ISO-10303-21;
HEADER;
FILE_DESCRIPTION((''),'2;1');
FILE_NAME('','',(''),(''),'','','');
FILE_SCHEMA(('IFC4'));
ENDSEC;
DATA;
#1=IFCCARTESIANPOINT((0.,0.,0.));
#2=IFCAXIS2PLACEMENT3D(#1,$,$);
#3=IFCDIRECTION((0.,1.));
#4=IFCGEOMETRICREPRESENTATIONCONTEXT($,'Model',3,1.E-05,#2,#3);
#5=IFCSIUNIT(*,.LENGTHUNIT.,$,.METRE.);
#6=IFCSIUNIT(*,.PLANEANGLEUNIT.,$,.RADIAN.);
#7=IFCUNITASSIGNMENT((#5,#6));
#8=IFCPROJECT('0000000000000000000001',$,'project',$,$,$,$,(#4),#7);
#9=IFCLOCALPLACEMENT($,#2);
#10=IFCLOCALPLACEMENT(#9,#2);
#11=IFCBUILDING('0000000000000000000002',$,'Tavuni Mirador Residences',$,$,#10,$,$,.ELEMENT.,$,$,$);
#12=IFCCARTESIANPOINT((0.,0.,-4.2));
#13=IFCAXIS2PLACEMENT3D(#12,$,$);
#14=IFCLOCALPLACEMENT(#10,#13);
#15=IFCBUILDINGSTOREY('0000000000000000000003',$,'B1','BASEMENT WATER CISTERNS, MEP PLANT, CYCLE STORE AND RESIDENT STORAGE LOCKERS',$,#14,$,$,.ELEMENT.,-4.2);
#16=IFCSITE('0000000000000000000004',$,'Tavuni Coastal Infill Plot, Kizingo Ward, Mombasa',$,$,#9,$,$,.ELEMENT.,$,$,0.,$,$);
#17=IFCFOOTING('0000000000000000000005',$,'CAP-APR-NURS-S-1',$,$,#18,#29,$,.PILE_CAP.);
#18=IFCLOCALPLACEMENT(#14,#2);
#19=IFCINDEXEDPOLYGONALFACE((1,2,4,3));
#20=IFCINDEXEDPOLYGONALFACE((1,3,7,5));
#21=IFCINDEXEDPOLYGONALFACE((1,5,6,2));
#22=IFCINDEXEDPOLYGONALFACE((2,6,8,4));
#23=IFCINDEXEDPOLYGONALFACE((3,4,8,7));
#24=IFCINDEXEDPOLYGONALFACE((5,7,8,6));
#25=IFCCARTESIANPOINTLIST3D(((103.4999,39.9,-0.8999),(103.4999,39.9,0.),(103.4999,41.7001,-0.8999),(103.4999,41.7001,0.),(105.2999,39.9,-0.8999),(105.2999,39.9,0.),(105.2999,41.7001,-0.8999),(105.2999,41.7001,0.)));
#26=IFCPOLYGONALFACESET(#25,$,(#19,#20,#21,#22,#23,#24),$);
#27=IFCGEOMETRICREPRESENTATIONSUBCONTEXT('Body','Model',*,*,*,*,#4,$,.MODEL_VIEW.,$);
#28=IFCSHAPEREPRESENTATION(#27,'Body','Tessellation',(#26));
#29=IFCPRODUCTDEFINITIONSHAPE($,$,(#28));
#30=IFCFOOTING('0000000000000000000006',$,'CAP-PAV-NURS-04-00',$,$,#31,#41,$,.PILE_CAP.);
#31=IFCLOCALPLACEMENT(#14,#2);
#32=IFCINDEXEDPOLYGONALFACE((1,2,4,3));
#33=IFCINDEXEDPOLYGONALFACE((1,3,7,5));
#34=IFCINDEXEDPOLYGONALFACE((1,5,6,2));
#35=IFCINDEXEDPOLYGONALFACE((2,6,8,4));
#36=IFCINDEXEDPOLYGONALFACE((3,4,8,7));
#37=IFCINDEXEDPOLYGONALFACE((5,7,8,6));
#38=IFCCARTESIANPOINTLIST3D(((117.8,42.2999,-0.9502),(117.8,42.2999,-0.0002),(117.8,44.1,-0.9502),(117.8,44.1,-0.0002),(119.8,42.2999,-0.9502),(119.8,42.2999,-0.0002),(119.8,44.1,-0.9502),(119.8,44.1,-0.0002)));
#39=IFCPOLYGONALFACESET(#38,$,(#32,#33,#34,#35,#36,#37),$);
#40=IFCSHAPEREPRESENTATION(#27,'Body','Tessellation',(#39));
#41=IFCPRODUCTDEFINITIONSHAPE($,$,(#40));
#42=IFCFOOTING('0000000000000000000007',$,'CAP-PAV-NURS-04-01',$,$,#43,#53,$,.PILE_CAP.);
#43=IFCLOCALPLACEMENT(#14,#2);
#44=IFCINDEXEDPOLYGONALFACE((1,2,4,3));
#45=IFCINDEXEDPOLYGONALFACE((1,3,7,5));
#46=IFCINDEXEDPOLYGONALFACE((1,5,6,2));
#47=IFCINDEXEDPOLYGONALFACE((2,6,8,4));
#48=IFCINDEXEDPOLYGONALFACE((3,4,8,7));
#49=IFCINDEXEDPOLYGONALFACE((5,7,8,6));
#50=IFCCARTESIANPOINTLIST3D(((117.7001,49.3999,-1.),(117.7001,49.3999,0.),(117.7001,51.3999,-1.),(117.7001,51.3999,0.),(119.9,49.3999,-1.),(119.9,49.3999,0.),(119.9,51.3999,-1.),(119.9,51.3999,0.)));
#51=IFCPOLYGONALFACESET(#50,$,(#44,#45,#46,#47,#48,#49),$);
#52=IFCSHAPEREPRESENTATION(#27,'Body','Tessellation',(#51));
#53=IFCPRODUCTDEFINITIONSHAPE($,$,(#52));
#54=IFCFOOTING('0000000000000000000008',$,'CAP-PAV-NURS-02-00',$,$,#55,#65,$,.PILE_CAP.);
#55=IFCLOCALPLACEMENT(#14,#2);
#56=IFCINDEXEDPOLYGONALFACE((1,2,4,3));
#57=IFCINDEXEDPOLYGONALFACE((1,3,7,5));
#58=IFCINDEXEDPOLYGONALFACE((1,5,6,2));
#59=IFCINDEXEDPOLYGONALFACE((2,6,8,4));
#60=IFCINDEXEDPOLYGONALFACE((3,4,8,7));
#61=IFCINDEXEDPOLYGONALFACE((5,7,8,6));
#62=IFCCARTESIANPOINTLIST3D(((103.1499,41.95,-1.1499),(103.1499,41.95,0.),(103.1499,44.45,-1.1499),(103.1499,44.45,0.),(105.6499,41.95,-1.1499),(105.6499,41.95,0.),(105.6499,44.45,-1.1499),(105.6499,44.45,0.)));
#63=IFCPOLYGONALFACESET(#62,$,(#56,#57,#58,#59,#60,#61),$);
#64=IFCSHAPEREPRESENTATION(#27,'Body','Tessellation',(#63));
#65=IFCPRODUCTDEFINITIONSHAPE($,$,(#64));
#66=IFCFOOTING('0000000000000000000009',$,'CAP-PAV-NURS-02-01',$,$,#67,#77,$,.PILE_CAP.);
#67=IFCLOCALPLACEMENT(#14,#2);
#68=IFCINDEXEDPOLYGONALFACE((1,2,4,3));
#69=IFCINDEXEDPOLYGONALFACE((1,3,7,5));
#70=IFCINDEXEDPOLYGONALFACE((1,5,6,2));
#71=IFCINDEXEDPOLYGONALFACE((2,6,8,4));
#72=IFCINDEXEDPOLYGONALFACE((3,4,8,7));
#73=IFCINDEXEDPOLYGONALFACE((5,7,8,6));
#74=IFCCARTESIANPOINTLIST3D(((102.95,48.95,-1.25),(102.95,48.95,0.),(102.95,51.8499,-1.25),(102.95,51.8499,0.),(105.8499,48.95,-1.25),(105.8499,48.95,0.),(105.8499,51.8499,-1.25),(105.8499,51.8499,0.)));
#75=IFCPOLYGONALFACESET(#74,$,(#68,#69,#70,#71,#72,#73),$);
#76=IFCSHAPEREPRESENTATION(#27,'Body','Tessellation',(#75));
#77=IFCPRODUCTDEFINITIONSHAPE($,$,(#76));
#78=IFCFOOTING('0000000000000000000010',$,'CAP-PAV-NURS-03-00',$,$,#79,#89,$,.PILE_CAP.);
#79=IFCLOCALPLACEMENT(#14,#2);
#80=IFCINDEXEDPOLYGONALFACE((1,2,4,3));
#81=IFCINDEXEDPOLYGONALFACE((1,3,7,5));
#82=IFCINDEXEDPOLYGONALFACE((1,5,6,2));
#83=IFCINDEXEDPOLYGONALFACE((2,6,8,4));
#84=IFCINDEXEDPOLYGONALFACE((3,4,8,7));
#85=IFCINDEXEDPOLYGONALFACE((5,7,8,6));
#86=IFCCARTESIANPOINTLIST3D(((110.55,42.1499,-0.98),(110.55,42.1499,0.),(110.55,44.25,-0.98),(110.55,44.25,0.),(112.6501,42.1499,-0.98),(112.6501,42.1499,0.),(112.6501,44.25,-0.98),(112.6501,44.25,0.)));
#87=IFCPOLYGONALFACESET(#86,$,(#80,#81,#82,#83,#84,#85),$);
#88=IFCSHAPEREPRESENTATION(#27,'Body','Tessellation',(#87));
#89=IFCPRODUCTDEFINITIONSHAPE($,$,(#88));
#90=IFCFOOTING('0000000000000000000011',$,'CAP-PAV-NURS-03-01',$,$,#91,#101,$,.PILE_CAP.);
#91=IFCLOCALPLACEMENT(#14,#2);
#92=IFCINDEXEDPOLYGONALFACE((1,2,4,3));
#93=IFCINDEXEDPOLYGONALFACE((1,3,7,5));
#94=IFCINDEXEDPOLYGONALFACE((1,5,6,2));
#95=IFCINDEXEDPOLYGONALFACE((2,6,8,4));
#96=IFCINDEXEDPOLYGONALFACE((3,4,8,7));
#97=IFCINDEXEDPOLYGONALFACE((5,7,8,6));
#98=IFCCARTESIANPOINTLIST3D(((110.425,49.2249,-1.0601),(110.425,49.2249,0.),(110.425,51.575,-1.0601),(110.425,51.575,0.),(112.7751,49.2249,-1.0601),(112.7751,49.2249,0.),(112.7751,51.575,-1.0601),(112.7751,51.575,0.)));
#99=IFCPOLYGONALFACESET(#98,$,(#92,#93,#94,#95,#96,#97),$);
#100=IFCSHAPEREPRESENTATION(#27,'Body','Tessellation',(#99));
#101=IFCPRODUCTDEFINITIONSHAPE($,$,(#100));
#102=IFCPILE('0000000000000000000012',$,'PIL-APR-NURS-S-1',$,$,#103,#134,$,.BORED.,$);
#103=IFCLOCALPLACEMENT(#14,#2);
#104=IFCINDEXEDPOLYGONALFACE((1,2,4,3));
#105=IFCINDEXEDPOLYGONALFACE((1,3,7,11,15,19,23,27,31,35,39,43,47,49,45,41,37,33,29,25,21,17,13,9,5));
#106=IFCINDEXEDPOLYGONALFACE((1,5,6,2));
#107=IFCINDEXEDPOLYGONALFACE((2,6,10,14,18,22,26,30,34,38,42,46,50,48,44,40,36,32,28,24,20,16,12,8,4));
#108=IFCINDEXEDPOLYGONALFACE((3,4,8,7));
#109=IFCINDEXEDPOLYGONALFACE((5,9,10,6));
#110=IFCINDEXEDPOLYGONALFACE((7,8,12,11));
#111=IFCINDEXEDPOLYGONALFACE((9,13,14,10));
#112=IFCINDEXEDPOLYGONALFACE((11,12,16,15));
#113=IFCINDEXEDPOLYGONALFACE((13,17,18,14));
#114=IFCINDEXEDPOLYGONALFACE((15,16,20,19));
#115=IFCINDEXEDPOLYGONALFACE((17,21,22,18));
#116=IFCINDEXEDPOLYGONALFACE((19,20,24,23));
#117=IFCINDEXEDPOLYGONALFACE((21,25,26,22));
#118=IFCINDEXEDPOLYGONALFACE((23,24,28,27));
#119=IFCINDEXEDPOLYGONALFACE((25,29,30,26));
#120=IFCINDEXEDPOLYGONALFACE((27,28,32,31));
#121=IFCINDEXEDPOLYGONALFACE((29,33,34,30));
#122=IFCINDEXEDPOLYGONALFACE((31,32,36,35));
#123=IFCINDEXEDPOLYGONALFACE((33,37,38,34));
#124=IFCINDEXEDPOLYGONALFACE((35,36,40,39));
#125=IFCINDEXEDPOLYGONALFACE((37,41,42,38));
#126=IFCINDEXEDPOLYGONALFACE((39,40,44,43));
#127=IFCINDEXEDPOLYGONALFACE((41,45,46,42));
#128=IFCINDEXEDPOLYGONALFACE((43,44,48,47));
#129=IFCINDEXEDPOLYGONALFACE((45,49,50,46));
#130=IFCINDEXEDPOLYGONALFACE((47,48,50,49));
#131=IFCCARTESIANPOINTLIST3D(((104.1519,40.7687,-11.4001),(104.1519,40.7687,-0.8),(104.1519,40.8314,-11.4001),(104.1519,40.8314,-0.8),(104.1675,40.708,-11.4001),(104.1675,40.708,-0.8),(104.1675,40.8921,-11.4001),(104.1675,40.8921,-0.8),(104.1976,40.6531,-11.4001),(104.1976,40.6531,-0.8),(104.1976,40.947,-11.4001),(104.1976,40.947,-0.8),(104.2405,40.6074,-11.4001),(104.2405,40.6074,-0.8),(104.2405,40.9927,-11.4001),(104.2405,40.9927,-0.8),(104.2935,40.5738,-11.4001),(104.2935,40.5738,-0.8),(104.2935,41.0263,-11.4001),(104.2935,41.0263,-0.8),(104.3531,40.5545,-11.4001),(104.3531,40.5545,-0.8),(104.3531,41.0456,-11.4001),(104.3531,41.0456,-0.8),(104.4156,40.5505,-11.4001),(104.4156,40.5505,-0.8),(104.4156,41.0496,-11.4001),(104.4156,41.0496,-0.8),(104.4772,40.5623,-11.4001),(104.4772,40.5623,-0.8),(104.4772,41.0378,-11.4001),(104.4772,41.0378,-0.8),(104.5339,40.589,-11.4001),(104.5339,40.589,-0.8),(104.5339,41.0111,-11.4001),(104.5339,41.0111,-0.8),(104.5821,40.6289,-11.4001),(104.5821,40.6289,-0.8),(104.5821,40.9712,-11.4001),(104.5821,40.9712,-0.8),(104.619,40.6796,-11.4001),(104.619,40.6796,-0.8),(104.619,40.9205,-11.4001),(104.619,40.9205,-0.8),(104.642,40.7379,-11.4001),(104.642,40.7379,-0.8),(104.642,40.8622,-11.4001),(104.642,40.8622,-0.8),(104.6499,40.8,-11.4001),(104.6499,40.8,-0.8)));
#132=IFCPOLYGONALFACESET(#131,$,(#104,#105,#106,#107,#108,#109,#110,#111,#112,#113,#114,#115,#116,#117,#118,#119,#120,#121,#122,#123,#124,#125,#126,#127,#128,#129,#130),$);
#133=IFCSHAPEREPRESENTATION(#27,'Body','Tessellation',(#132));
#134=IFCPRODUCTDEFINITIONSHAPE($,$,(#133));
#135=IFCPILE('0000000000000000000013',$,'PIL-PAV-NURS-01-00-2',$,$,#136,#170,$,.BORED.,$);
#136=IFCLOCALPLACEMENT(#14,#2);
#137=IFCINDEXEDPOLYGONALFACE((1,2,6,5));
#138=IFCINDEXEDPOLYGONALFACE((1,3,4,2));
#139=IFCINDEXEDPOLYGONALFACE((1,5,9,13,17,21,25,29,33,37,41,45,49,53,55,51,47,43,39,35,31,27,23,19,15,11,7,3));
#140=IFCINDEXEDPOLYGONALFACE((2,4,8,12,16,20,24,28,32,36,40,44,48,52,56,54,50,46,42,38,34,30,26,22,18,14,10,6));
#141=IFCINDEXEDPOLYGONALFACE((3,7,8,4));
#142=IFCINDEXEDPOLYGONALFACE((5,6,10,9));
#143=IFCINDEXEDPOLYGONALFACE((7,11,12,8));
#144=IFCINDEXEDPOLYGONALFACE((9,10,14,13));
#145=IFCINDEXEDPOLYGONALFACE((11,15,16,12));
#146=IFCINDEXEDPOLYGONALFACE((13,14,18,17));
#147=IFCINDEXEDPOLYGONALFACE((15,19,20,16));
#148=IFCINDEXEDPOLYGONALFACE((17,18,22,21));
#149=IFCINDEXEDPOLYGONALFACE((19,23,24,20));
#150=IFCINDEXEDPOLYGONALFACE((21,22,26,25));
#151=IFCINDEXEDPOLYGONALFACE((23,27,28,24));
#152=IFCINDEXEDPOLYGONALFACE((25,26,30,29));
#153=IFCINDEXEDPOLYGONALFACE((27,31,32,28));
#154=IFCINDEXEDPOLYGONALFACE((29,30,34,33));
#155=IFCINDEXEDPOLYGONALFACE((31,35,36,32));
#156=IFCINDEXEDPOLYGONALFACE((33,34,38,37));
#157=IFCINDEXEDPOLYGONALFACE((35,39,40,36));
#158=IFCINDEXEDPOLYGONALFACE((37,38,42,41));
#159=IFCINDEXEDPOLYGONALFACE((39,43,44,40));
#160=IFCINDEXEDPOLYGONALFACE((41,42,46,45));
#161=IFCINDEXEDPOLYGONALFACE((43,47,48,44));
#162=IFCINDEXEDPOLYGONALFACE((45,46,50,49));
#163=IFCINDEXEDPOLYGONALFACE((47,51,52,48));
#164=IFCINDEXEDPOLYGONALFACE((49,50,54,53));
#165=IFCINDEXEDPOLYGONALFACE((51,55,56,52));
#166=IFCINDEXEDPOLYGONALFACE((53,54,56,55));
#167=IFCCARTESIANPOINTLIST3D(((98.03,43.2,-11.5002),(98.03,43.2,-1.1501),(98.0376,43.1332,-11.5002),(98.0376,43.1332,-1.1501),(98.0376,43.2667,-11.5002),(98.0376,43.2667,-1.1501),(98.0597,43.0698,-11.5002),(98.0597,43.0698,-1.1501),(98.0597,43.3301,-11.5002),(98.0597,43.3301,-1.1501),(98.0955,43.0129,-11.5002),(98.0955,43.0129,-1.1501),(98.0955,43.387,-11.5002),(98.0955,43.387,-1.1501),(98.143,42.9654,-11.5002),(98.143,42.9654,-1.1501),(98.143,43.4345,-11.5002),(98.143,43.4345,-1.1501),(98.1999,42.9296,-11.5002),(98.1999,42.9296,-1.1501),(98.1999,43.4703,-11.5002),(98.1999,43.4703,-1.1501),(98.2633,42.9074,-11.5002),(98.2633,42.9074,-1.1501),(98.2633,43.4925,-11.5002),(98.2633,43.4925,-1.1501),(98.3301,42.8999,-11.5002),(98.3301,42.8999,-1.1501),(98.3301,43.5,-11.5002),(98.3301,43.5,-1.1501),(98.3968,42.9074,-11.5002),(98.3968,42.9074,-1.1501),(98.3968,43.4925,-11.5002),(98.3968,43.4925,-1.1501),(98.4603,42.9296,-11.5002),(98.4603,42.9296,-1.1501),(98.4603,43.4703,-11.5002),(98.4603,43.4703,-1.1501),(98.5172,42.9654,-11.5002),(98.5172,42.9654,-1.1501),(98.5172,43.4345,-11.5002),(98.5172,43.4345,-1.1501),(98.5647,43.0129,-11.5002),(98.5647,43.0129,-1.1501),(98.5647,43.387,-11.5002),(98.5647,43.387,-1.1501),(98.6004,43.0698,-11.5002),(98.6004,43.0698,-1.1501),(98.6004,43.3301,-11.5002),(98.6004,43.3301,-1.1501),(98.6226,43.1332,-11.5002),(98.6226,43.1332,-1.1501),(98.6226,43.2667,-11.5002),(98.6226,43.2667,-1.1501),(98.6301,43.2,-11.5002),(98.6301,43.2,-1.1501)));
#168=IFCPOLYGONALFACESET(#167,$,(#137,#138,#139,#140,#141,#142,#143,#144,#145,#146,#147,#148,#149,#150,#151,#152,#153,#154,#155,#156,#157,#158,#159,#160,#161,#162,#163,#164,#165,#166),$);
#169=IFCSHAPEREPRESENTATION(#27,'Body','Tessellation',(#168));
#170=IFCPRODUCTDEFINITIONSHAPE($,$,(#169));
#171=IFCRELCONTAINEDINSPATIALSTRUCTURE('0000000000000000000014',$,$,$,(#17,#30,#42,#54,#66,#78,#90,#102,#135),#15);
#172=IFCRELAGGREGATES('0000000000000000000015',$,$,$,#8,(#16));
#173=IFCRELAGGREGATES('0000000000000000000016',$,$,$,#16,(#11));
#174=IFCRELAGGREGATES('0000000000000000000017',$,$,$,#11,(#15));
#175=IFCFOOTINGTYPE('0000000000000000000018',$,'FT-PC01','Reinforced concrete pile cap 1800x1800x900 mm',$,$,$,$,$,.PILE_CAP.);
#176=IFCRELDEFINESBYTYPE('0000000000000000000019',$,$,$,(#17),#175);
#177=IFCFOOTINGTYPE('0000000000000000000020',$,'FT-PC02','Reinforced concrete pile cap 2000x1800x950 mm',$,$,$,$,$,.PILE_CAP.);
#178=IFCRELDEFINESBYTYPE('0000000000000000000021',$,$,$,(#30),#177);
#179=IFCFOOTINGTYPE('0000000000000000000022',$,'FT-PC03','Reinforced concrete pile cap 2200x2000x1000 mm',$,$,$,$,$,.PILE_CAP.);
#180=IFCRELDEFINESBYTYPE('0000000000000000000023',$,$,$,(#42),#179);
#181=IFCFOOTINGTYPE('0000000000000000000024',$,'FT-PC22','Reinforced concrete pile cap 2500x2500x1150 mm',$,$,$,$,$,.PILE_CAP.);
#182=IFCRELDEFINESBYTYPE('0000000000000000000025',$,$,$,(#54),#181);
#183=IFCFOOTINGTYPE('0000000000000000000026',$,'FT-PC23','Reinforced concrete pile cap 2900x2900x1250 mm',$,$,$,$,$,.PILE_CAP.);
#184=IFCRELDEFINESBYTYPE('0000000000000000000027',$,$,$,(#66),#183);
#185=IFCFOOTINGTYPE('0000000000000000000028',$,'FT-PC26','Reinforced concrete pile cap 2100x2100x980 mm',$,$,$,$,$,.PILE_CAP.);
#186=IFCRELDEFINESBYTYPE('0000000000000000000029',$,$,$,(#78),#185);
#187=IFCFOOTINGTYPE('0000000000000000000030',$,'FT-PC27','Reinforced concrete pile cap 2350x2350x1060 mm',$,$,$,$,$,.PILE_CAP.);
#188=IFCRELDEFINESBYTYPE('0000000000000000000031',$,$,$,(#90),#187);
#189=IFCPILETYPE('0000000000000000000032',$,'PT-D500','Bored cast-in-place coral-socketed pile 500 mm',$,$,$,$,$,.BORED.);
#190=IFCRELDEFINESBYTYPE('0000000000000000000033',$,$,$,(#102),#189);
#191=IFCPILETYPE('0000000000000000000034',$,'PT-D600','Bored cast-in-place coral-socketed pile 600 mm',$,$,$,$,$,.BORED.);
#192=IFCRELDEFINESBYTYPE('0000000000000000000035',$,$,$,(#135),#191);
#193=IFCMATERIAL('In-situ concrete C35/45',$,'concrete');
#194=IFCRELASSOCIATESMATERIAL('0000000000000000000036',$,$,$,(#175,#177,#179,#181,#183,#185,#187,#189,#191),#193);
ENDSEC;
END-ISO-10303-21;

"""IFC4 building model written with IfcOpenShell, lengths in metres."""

from ifc_helpers import new_model, si_unit, direction, frame, origin, origin_2d, place, context, subcontext, project, spatial, rectangle, circle, extrude, material, material_profile, profile_set, type_object, element, save


model = new_model("IFC4")

# Units and contexts
model_context = context("Model", 3, precision=1e-05, world=origin(), true_north=direction((0.0, 1.0)))
body_context = subcontext(model_context, "Body", "Model", "MODEL_VIEW")
ifc_project = project(units=[si_unit("LENGTHUNIT", "METRE"), si_unit("PLANEANGLEUNIT", "RADIAN")], contexts=[model_context])

# Site, building, storey
site_placement = place(None, origin())
site = spatial("IfcSite", under=ifc_project, at=site_placement, Name="Tavuni Coastal Infill Plot, Kizingo Ward, Mombasa", CompositionType="ELEMENT", RefElevation=0.0)
building_placement = place(site_placement, origin())
building = spatial("IfcBuilding", under=site, at=building_placement, Name="Tavuni Mirador Residences", CompositionType="ELEMENT")
storey_placement = place(building_placement, frame((0.0, 0.0, -4.2)))
storey = spatial("IfcBuildingStorey", under=building, at=storey_placement, Name="B1", Description="BASEMENT WATER CISTERNS, MEP PLANT, CYCLE STORE AND RESIDENT STORAGE LOCKERS", CompositionType="ELEMENT", Elevation=-4.2)

# Footings
ifc_material_1 = material(Name="In-situ concrete C35/45", Category="concrete")
footing_type_1 = type_object("IfcFootingType", Name="FT-PC01", Description="Reinforced concrete pile cap 1800x1800x900 mm", PredefinedType="PILE_CAP", material=ifc_material_1)
footing_1_placement = place(storey_placement, frame((104.3999, 40.8, -0.8999), z_axis=(0.0, 0.0, 1.0), x_axis=(1.0, 0.0, 0.0)))
element("IfcFooting", 1, at=footing_1_placement, inside=storey, type_object=footing_type_1, Name="CAP-APR-NURS-S-1", PredefinedType="PILE_CAP", context=body_context, shape_type="SweptSolid", body=[
    extrude(rectangle(XDim=1.8, YDim=1.8, at=origin_2d()), origin(), (0.0, 0.0, 1.0), 0.8999),
])
footing_type_2 = type_object("IfcFootingType", Name="FT-PC02", Description="Reinforced concrete pile cap 2000x1800x950 mm", PredefinedType="PILE_CAP", material=ifc_material_1)
footing_2_placement = place(storey_placement, frame((118.8, 43.2, -0.9502), z_axis=(0.0, 0.0, 1.0), x_axis=(1.0, 0.0, 0.0)))
element("IfcFooting", 2, at=footing_2_placement, inside=storey, type_object=footing_type_2, Name="CAP-PAV-NURS-04-00", PredefinedType="PILE_CAP", context=body_context, shape_type="SweptSolid", body=[
    extrude(rectangle(XDim=2.0, YDim=1.8, at=origin_2d()), origin(), (0.0, 0.0, 1.0), 0.95),
])
footing_type_3 = type_object("IfcFootingType", Name="FT-PC03", Description="Reinforced concrete pile cap 2200x2000x1000 mm", PredefinedType="PILE_CAP", material=ifc_material_1)
footing_3_placement = place(storey_placement, frame((118.8, 50.3999, -1.0), z_axis=(0.0, 0.0, 1.0), x_axis=(1.0, 0.0, 0.0)))
element("IfcFooting", 3, at=footing_3_placement, inside=storey, type_object=footing_type_3, Name="CAP-PAV-NURS-04-01", PredefinedType="PILE_CAP", context=body_context, shape_type="SweptSolid", body=[
    extrude(rectangle(XDim=2.2, YDim=2.0, at=origin_2d()), origin(), (0.0, 0.0, 1.0), 1.0),
])
footing_type_4 = type_object("IfcFootingType", Name="FT-PC22", Description="Reinforced concrete pile cap 2500x2500x1150 mm", PredefinedType="PILE_CAP", material=ifc_material_1)
footing_4_placement = place(storey_placement, frame((104.3999, 43.2, -1.1499), z_axis=(0.0, 0.0, 1.0), x_axis=(1.0, 0.0, 0.0)))
element("IfcFooting", 4, at=footing_4_placement, inside=storey, type_object=footing_type_4, Name="CAP-PAV-NURS-02-00", PredefinedType="PILE_CAP", context=body_context, shape_type="SweptSolid", body=[
    extrude(rectangle(XDim=2.5, YDim=2.5, at=origin_2d()), origin(), (0.0, 0.0, 1.0), 1.1499),
])
footing_type_5 = type_object("IfcFootingType", Name="FT-PC23", Description="Reinforced concrete pile cap 2900x2900x1250 mm", PredefinedType="PILE_CAP", material=ifc_material_1)
footing_5_placement = place(storey_placement, frame((104.3999, 50.3999, -1.25), z_axis=(0.0, 0.0, 1.0), x_axis=(1.0, 0.0, 0.0)))
element("IfcFooting", 5, at=footing_5_placement, inside=storey, type_object=footing_type_5, Name="CAP-PAV-NURS-02-01", PredefinedType="PILE_CAP", context=body_context, shape_type="SweptSolid", body=[
    extrude(rectangle(XDim=2.8999, YDim=2.8999, at=origin_2d()), origin(), (0.0, 0.0, 1.0), 1.25),
])
footing_type_6 = type_object("IfcFootingType", Name="FT-PC26", Description="Reinforced concrete pile cap 2100x2100x980 mm", PredefinedType="PILE_CAP", material=ifc_material_1)
footing_6_placement = place(storey_placement, frame((111.6001, 43.2, -0.98), z_axis=(0.0, 0.0, 1.0), x_axis=(1.0, 0.0, 0.0)))
element("IfcFooting", 6, at=footing_6_placement, inside=storey, type_object=footing_type_6, Name="CAP-PAV-NURS-03-00", PredefinedType="PILE_CAP", context=body_context, shape_type="SweptSolid", body=[
    extrude(rectangle(XDim=2.1001, YDim=2.1001, at=origin_2d()), origin(), (0.0, 0.0, 1.0), 0.98),
])
footing_type_7 = type_object("IfcFootingType", Name="FT-PC27", Description="Reinforced concrete pile cap 2350x2350x1060 mm", PredefinedType="PILE_CAP", material=ifc_material_1)
footing_7_placement = place(storey_placement, frame((111.6001, 50.3999, -1.0601), z_axis=(0.0, 0.0, 1.0), x_axis=(1.0, 0.0, 0.0)))
element("IfcFooting", 7, at=footing_7_placement, inside=storey, type_object=footing_type_7, Name="CAP-PAV-NURS-03-01", PredefinedType="PILE_CAP", context=body_context, shape_type="SweptSolid", body=[
    extrude(rectangle(XDim=2.3501, YDim=2.3501, at=origin_2d()), origin(), (0.0, 0.0, 1.0), 1.0601),
])

# Piles
ifc_material_profile_1 = material_profile(ifc_material_1, circle(Radius=0.25, at=origin_2d()), Name="PILE D500", Category="concrete")
ifc_profile_set_1 = profile_set([ifc_material_profile_1], Name="In-situ concrete C35/45")
pile_type_1 = type_object("IfcPileType", Name="PT-D500", Description="Bored cast-in-place coral-socketed pile 500 mm", PredefinedType="BORED", material=ifc_profile_set_1)
pile_1_placement = place(storey_placement, frame((104.3999, 40.8, -0.8), z_axis=(0.0, 0.0, -1.0), x_axis=(1.0, 0.0, 0.0)))
element("IfcPile", 8, at=pile_1_placement, inside=storey, type_object=pile_type_1, Name="PIL-APR-NURS-S-1", PredefinedType="BORED", context=body_context, shape_type="SweptSolid", body=[
    extrude(circle(Radius=0.25, at=origin_2d()), origin(), (0.0, 0.0, 1.0), 10.6001),
])
ifc_material_profile_2 = material_profile(ifc_material_1, circle(Radius=0.3, at=origin_2d()), Name="PILE D600", Category="concrete")
ifc_profile_set_2 = profile_set([ifc_material_profile_2], Name="In-situ concrete C35/45")
pile_type_2 = type_object("IfcPileType", Name="PT-D600", Description="Bored cast-in-place coral-socketed pile 600 mm", PredefinedType="BORED", material=ifc_profile_set_2)
pile_2_placement = place(storey_placement, frame((98.3301, 43.2, -1.1501), z_axis=(0.0, 0.0, -1.0), x_axis=(1.0, 0.0, 0.0)))
element("IfcPile", 9, at=pile_2_placement, inside=storey, type_object=pile_type_2, Name="PIL-PAV-NURS-01-00-2", PredefinedType="BORED", context=body_context, shape_type="SweptSolid", body=[
    extrude(circle(Radius=0.3, at=origin_2d()), origin(), (0.0, 0.0, 1.0), 10.3501),
])

save(model, "model.ifc")
